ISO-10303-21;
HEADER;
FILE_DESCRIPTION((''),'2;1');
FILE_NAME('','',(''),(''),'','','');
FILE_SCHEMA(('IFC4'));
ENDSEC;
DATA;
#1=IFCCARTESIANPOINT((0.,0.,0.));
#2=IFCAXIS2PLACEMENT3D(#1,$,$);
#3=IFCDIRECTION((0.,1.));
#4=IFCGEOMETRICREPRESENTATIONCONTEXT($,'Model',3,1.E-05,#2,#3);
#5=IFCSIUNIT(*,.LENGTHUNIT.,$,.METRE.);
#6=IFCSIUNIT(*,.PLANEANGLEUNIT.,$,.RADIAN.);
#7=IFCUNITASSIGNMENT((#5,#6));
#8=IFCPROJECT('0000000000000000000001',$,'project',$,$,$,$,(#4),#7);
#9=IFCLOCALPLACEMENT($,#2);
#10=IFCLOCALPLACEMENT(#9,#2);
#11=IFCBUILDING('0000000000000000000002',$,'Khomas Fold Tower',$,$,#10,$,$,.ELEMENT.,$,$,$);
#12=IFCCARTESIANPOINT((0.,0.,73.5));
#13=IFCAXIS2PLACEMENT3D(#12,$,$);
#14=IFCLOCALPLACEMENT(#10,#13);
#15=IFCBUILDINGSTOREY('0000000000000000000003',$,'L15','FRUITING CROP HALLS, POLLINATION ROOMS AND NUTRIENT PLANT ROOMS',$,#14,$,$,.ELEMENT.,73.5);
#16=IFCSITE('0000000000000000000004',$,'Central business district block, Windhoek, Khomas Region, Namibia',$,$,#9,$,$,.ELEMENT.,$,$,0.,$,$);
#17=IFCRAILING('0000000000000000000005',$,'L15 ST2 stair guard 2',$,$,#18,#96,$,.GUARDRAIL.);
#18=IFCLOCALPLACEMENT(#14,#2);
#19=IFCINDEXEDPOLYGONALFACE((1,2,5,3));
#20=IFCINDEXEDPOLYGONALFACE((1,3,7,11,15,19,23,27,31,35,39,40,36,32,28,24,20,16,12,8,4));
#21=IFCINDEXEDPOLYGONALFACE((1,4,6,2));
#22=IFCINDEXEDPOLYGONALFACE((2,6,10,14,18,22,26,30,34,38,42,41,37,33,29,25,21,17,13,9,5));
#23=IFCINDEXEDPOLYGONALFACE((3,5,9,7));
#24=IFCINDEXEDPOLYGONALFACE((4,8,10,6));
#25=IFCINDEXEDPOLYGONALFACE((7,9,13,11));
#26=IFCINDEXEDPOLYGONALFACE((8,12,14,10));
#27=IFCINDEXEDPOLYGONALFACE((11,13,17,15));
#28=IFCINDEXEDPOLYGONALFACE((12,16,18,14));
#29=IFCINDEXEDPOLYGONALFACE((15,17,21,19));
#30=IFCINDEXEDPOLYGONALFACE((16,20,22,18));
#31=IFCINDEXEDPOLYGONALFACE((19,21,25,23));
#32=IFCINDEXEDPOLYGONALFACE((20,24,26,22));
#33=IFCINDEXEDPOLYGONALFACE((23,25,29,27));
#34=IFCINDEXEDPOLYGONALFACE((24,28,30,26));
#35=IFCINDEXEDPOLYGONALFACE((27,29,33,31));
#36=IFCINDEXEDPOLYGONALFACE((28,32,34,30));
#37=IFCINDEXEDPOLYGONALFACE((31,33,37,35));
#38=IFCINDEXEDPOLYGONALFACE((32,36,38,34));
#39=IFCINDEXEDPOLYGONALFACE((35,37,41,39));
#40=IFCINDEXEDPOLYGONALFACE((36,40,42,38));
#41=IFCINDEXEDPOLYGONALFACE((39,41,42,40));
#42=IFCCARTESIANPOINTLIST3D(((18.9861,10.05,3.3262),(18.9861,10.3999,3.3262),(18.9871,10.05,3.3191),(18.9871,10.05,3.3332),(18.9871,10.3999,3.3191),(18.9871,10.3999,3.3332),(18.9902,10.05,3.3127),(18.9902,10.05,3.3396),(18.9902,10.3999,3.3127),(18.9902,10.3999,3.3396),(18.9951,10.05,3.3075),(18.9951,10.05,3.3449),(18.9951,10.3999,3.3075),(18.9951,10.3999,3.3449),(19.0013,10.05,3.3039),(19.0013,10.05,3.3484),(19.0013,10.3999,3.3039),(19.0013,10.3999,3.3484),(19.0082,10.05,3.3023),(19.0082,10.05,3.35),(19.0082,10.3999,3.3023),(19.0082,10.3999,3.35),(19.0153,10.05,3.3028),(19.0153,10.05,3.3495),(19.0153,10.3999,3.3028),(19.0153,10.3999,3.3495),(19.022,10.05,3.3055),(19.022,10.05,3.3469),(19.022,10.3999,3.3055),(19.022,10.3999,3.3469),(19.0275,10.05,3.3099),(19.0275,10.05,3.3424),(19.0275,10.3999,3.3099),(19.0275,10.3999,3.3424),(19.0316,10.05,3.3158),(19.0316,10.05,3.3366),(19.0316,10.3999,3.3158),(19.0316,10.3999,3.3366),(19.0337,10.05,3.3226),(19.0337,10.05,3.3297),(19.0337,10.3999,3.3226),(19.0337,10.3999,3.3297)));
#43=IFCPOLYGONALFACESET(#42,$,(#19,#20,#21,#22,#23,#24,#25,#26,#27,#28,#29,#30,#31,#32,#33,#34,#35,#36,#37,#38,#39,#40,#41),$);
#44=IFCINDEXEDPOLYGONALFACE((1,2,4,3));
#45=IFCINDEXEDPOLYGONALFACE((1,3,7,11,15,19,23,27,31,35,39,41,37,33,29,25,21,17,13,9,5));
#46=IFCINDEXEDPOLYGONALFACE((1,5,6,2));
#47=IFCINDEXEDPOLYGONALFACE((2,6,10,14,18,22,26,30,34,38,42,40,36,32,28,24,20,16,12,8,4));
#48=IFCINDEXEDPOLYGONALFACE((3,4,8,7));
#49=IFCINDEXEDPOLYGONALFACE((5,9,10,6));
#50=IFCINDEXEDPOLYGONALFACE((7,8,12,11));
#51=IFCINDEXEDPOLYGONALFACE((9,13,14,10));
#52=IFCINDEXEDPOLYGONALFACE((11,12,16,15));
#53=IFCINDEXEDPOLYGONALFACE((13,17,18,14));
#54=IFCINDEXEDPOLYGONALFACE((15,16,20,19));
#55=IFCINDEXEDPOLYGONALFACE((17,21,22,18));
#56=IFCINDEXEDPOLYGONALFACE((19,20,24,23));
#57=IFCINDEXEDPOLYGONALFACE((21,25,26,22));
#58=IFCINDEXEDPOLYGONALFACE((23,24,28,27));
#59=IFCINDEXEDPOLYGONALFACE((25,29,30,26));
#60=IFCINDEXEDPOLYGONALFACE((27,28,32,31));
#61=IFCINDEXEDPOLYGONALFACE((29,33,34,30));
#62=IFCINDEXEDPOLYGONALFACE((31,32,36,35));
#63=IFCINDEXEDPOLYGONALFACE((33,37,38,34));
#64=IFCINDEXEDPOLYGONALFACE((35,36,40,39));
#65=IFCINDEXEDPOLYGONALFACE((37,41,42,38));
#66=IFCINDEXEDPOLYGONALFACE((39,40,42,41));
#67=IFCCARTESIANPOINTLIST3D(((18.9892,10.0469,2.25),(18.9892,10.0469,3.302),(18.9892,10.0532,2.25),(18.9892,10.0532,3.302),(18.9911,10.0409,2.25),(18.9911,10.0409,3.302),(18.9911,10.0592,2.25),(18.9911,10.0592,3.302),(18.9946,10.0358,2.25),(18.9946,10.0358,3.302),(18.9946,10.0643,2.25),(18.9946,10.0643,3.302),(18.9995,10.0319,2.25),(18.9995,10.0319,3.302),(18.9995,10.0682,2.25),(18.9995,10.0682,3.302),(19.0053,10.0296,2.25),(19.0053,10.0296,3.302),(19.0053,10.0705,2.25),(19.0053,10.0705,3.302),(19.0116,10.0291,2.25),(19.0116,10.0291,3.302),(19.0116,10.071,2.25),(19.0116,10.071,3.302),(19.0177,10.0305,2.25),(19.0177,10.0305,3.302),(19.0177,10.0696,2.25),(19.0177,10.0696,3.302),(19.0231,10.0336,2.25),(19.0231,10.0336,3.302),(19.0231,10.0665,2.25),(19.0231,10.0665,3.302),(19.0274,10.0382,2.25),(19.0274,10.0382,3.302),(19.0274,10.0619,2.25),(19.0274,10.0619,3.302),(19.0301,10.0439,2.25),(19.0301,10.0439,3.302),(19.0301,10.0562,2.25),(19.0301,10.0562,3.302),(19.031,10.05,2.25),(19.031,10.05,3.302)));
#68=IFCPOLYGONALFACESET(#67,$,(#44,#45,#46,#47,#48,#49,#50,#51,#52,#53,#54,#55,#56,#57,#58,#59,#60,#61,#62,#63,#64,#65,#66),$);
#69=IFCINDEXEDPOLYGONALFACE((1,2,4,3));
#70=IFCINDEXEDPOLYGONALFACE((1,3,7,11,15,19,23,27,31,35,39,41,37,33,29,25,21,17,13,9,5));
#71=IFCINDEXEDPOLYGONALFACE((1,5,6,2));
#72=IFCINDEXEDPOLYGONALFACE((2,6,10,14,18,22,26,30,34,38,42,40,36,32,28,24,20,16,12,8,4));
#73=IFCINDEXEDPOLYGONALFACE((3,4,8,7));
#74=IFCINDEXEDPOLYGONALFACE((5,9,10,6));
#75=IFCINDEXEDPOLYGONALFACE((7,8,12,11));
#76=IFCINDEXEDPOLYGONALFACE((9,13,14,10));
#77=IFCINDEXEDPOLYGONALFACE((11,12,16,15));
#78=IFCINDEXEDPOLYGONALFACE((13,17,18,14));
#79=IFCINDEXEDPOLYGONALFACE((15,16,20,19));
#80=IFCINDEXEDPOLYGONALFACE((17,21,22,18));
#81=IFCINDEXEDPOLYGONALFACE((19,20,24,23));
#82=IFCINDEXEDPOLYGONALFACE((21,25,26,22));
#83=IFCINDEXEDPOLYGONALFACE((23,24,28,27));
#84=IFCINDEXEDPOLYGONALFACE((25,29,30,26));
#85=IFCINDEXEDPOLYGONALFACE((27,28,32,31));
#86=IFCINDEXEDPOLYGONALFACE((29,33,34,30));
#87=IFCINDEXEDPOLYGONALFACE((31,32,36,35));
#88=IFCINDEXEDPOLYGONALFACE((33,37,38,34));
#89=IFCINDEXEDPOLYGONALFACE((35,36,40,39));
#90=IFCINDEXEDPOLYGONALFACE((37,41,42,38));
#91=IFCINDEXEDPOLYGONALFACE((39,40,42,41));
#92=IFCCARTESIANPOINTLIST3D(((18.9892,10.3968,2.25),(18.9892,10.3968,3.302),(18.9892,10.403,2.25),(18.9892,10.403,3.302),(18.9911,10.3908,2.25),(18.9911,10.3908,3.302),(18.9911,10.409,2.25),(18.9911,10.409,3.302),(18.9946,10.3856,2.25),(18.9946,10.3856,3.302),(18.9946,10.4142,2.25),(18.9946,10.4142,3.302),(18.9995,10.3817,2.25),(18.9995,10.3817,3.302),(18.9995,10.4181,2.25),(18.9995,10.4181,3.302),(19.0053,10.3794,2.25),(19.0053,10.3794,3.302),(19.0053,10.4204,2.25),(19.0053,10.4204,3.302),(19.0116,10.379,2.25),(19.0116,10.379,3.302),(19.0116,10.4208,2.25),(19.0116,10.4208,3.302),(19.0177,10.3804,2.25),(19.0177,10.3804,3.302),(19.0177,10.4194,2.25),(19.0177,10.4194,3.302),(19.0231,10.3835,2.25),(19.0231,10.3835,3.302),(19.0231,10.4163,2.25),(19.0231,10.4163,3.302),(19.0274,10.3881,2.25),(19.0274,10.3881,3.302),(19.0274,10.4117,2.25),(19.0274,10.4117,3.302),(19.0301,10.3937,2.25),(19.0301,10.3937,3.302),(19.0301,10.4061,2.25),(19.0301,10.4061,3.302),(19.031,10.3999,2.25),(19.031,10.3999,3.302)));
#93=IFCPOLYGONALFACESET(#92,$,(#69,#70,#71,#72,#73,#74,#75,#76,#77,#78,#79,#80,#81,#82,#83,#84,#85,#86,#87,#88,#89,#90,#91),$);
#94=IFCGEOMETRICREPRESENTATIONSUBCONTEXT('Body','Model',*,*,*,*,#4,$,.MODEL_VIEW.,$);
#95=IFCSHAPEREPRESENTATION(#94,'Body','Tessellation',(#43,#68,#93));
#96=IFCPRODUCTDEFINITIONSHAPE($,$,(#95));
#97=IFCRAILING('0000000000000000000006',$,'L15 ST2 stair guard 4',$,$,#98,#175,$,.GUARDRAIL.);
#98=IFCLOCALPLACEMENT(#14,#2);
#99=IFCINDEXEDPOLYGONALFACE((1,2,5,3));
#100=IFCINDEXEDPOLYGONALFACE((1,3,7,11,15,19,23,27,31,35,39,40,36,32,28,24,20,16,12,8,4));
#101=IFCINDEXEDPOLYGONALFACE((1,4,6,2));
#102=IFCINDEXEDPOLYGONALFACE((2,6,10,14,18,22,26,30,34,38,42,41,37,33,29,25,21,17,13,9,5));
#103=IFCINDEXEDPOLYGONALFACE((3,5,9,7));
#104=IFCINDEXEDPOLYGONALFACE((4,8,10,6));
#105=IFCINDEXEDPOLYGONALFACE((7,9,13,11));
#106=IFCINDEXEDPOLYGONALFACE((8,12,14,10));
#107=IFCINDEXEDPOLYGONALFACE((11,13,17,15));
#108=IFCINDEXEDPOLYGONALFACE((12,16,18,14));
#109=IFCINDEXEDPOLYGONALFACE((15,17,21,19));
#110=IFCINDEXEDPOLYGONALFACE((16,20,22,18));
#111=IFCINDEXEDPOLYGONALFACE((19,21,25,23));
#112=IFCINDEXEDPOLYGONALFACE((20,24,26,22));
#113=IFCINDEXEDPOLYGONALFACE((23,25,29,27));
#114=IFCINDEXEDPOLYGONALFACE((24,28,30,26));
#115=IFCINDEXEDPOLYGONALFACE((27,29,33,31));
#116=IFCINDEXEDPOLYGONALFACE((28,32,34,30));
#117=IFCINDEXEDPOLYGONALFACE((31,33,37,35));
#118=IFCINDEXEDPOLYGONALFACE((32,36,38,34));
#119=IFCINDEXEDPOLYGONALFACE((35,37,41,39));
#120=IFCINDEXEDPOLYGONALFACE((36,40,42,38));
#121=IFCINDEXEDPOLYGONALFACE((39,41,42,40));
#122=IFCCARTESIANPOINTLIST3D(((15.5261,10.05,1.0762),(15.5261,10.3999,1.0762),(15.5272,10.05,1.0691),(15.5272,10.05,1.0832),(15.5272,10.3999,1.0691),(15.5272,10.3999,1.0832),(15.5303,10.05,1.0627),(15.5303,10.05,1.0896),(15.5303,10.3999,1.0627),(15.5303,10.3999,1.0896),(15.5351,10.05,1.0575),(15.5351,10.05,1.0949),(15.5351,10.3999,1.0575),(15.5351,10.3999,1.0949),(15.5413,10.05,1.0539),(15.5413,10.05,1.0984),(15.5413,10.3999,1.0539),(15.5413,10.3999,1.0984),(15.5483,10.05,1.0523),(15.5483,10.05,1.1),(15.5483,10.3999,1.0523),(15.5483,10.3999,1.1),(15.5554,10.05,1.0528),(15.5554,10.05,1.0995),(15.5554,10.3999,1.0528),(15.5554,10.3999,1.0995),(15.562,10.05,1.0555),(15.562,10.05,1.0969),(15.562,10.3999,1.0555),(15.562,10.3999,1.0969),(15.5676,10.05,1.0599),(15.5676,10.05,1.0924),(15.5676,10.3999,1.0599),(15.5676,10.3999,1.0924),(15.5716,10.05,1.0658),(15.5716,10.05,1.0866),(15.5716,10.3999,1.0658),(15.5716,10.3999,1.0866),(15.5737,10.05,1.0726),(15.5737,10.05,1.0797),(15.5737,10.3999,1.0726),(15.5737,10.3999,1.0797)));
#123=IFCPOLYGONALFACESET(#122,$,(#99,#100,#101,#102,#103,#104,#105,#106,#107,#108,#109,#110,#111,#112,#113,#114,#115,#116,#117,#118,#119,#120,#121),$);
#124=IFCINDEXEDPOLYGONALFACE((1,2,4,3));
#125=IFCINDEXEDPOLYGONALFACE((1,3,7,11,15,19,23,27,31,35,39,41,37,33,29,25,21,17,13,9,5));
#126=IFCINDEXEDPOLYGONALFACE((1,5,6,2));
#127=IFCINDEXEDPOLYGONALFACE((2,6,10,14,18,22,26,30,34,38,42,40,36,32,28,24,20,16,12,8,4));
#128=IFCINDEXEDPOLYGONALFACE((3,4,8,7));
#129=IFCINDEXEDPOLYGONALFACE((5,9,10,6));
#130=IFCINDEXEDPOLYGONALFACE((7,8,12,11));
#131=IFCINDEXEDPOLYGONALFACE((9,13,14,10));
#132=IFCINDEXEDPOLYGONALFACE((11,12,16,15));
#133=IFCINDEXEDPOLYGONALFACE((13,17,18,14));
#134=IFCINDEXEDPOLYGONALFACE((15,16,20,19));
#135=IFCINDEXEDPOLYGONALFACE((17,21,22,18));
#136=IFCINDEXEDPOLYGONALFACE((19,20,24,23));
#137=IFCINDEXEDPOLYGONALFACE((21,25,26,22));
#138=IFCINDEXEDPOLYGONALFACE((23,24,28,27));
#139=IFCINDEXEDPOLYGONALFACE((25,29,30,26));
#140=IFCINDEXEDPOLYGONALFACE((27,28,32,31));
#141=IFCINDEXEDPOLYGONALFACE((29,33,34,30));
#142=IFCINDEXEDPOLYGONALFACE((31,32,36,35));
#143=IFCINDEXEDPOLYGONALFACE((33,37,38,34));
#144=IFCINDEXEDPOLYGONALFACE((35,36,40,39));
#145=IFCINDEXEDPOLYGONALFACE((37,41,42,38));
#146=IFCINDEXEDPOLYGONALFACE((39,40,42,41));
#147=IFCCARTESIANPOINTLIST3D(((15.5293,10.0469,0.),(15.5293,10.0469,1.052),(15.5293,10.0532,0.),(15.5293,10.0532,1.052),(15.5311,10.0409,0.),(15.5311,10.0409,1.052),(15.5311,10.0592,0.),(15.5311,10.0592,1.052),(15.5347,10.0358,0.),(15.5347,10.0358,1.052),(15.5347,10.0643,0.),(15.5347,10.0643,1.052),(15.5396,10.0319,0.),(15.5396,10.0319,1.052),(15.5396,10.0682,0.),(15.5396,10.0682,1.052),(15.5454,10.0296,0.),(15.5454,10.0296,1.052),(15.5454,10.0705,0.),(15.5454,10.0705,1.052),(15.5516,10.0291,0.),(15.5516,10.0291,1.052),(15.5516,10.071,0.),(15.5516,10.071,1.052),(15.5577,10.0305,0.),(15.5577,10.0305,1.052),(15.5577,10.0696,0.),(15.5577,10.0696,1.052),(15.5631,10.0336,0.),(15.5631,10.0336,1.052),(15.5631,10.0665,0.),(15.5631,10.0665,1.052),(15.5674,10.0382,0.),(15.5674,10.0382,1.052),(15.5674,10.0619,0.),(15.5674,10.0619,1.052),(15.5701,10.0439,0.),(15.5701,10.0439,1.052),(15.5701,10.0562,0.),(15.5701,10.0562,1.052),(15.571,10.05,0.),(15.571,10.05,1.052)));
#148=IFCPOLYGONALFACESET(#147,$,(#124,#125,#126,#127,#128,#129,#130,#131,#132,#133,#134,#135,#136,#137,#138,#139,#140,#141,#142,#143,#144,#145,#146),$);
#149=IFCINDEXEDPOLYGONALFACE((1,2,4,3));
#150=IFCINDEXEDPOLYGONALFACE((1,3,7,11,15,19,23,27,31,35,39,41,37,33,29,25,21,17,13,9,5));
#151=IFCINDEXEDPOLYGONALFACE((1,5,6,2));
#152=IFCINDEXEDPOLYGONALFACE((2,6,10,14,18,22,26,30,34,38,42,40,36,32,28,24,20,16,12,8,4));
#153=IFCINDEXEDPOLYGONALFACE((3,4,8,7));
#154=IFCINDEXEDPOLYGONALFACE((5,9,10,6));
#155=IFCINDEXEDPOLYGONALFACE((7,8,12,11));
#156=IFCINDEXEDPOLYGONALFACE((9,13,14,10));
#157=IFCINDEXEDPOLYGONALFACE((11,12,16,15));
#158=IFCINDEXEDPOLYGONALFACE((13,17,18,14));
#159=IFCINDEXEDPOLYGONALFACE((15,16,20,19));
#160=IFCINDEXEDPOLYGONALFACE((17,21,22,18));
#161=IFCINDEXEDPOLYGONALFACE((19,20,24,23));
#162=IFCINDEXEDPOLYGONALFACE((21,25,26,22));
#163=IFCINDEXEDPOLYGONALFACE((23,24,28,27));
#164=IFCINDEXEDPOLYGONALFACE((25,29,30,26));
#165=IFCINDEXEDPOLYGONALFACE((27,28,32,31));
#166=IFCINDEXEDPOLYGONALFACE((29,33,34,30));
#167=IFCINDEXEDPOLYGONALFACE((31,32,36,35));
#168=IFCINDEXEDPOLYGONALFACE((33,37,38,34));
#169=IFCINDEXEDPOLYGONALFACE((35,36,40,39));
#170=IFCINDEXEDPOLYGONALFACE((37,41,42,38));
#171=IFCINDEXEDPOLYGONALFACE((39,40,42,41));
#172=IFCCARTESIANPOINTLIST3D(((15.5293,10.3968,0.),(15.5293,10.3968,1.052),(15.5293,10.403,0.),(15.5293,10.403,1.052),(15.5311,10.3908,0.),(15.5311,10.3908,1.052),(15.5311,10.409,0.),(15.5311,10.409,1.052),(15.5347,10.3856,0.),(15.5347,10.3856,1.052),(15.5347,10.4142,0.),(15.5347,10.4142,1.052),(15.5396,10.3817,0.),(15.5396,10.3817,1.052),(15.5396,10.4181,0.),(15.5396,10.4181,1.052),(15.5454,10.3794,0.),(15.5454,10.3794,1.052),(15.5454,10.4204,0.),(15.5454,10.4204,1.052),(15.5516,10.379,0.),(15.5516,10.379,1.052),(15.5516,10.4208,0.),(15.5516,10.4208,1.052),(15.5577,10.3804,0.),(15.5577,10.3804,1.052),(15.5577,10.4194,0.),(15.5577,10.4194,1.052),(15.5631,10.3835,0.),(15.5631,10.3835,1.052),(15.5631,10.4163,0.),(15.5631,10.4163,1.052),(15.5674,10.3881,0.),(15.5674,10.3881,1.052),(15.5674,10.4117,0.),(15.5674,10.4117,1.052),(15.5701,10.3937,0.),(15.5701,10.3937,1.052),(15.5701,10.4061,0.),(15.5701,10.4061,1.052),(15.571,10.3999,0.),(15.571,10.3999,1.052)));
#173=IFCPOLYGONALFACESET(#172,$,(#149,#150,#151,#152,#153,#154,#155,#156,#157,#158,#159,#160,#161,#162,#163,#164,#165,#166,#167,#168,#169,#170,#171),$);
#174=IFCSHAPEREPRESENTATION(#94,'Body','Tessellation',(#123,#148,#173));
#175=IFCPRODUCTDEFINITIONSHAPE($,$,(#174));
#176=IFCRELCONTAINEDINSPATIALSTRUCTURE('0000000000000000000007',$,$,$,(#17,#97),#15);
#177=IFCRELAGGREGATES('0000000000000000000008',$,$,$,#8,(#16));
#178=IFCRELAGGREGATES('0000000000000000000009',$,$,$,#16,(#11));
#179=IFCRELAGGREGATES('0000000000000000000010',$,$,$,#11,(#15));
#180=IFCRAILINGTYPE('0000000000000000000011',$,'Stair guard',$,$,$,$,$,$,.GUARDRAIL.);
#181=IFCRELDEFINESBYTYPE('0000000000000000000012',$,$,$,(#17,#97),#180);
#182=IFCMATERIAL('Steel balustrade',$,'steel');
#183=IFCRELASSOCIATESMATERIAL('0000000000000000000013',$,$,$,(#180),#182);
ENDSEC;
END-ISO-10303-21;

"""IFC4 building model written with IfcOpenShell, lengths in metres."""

from ifc_helpers import new_model, si_unit, direction, frame, origin, origin_2d, place, context, subcontext, project, spatial, circle, extrude, source, transform, mapped, material, type_object, element, save


model = new_model("IFC4")

# Units and contexts
model_context = context("Model", 3, precision=1e-05, world=origin(), true_north=direction((0.0, 1.0)))
body_context = subcontext(model_context, "Body", "Model", "MODEL_VIEW")
ifc_project = project(units=[si_unit("LENGTHUNIT", "METRE"), si_unit("PLANEANGLEUNIT", "RADIAN")], contexts=[model_context])

# Site, building, storey
site_placement = place(None, origin())
site = spatial("IfcSite", under=ifc_project, at=site_placement, Name="Central business district block, Windhoek, Khomas Region, Namibia", CompositionType="ELEMENT", RefElevation=0.0)
building_placement = place(site_placement, origin())
building = spatial("IfcBuilding", under=site, at=building_placement, Name="Khomas Fold Tower", CompositionType="ELEMENT")
storey_placement = place(building_placement, frame((0.0, 0.0, 73.5)))
storey = spatial("IfcBuildingStorey", under=building, at=storey_placement, Name="L15", Description="FRUITING CROP HALLS, POLLINATION ROOMS AND NUTRIENT PLANT ROOMS", CompositionType="ELEMENT", Elevation=73.5)

# Railings
ifc_material_1 = material(Name="Steel balustrade", Category="steel")
railing_type_1 = type_object("IfcRailingType", Name="Stair guard", PredefinedType="GUARDRAIL", material=ifc_material_1)
shared_shape_1 = source(origin(), body_context, "Body", "SweptSolid", [
    extrude(circle(Radius=0.0239, at=origin_2d()), frame((0.0, 0.0, 1.0762), z_axis=(0.0, 1.0, 0.0), x_axis=(-1.0, 0.0, 0.0)), (0.0, 0.0, 1.0), 0.3499),
    extrude(circle(Radius=0.021, at=origin_2d()), origin(), (0.0, 0.0, 1.0), 1.052),
    extrude(circle(Radius=0.021, at=origin_2d()), frame((0.0, 0.3499, 0.0)), (0.0, 0.0, 1.0), 1.052),
])
for number, where, name in (
    (1, (19.01, 10.05, 2.25), "L15 ST2 stair guard 2"),
    (2, (15.55, 10.05, 0.0), "L15 ST2 stair guard 4"),
):
    element("IfcRailing", number, at=place(storey_placement, frame(where)), inside=storey, type_object=railing_type_1, Name=name, PredefinedType="GUARDRAIL", context=body_context, shape_type="MappedRepresentation", body=[
        mapped(shared_shape_1, transform((0.0, 0.0, 0.0))),
    ])

save(model, "model.ifc")
